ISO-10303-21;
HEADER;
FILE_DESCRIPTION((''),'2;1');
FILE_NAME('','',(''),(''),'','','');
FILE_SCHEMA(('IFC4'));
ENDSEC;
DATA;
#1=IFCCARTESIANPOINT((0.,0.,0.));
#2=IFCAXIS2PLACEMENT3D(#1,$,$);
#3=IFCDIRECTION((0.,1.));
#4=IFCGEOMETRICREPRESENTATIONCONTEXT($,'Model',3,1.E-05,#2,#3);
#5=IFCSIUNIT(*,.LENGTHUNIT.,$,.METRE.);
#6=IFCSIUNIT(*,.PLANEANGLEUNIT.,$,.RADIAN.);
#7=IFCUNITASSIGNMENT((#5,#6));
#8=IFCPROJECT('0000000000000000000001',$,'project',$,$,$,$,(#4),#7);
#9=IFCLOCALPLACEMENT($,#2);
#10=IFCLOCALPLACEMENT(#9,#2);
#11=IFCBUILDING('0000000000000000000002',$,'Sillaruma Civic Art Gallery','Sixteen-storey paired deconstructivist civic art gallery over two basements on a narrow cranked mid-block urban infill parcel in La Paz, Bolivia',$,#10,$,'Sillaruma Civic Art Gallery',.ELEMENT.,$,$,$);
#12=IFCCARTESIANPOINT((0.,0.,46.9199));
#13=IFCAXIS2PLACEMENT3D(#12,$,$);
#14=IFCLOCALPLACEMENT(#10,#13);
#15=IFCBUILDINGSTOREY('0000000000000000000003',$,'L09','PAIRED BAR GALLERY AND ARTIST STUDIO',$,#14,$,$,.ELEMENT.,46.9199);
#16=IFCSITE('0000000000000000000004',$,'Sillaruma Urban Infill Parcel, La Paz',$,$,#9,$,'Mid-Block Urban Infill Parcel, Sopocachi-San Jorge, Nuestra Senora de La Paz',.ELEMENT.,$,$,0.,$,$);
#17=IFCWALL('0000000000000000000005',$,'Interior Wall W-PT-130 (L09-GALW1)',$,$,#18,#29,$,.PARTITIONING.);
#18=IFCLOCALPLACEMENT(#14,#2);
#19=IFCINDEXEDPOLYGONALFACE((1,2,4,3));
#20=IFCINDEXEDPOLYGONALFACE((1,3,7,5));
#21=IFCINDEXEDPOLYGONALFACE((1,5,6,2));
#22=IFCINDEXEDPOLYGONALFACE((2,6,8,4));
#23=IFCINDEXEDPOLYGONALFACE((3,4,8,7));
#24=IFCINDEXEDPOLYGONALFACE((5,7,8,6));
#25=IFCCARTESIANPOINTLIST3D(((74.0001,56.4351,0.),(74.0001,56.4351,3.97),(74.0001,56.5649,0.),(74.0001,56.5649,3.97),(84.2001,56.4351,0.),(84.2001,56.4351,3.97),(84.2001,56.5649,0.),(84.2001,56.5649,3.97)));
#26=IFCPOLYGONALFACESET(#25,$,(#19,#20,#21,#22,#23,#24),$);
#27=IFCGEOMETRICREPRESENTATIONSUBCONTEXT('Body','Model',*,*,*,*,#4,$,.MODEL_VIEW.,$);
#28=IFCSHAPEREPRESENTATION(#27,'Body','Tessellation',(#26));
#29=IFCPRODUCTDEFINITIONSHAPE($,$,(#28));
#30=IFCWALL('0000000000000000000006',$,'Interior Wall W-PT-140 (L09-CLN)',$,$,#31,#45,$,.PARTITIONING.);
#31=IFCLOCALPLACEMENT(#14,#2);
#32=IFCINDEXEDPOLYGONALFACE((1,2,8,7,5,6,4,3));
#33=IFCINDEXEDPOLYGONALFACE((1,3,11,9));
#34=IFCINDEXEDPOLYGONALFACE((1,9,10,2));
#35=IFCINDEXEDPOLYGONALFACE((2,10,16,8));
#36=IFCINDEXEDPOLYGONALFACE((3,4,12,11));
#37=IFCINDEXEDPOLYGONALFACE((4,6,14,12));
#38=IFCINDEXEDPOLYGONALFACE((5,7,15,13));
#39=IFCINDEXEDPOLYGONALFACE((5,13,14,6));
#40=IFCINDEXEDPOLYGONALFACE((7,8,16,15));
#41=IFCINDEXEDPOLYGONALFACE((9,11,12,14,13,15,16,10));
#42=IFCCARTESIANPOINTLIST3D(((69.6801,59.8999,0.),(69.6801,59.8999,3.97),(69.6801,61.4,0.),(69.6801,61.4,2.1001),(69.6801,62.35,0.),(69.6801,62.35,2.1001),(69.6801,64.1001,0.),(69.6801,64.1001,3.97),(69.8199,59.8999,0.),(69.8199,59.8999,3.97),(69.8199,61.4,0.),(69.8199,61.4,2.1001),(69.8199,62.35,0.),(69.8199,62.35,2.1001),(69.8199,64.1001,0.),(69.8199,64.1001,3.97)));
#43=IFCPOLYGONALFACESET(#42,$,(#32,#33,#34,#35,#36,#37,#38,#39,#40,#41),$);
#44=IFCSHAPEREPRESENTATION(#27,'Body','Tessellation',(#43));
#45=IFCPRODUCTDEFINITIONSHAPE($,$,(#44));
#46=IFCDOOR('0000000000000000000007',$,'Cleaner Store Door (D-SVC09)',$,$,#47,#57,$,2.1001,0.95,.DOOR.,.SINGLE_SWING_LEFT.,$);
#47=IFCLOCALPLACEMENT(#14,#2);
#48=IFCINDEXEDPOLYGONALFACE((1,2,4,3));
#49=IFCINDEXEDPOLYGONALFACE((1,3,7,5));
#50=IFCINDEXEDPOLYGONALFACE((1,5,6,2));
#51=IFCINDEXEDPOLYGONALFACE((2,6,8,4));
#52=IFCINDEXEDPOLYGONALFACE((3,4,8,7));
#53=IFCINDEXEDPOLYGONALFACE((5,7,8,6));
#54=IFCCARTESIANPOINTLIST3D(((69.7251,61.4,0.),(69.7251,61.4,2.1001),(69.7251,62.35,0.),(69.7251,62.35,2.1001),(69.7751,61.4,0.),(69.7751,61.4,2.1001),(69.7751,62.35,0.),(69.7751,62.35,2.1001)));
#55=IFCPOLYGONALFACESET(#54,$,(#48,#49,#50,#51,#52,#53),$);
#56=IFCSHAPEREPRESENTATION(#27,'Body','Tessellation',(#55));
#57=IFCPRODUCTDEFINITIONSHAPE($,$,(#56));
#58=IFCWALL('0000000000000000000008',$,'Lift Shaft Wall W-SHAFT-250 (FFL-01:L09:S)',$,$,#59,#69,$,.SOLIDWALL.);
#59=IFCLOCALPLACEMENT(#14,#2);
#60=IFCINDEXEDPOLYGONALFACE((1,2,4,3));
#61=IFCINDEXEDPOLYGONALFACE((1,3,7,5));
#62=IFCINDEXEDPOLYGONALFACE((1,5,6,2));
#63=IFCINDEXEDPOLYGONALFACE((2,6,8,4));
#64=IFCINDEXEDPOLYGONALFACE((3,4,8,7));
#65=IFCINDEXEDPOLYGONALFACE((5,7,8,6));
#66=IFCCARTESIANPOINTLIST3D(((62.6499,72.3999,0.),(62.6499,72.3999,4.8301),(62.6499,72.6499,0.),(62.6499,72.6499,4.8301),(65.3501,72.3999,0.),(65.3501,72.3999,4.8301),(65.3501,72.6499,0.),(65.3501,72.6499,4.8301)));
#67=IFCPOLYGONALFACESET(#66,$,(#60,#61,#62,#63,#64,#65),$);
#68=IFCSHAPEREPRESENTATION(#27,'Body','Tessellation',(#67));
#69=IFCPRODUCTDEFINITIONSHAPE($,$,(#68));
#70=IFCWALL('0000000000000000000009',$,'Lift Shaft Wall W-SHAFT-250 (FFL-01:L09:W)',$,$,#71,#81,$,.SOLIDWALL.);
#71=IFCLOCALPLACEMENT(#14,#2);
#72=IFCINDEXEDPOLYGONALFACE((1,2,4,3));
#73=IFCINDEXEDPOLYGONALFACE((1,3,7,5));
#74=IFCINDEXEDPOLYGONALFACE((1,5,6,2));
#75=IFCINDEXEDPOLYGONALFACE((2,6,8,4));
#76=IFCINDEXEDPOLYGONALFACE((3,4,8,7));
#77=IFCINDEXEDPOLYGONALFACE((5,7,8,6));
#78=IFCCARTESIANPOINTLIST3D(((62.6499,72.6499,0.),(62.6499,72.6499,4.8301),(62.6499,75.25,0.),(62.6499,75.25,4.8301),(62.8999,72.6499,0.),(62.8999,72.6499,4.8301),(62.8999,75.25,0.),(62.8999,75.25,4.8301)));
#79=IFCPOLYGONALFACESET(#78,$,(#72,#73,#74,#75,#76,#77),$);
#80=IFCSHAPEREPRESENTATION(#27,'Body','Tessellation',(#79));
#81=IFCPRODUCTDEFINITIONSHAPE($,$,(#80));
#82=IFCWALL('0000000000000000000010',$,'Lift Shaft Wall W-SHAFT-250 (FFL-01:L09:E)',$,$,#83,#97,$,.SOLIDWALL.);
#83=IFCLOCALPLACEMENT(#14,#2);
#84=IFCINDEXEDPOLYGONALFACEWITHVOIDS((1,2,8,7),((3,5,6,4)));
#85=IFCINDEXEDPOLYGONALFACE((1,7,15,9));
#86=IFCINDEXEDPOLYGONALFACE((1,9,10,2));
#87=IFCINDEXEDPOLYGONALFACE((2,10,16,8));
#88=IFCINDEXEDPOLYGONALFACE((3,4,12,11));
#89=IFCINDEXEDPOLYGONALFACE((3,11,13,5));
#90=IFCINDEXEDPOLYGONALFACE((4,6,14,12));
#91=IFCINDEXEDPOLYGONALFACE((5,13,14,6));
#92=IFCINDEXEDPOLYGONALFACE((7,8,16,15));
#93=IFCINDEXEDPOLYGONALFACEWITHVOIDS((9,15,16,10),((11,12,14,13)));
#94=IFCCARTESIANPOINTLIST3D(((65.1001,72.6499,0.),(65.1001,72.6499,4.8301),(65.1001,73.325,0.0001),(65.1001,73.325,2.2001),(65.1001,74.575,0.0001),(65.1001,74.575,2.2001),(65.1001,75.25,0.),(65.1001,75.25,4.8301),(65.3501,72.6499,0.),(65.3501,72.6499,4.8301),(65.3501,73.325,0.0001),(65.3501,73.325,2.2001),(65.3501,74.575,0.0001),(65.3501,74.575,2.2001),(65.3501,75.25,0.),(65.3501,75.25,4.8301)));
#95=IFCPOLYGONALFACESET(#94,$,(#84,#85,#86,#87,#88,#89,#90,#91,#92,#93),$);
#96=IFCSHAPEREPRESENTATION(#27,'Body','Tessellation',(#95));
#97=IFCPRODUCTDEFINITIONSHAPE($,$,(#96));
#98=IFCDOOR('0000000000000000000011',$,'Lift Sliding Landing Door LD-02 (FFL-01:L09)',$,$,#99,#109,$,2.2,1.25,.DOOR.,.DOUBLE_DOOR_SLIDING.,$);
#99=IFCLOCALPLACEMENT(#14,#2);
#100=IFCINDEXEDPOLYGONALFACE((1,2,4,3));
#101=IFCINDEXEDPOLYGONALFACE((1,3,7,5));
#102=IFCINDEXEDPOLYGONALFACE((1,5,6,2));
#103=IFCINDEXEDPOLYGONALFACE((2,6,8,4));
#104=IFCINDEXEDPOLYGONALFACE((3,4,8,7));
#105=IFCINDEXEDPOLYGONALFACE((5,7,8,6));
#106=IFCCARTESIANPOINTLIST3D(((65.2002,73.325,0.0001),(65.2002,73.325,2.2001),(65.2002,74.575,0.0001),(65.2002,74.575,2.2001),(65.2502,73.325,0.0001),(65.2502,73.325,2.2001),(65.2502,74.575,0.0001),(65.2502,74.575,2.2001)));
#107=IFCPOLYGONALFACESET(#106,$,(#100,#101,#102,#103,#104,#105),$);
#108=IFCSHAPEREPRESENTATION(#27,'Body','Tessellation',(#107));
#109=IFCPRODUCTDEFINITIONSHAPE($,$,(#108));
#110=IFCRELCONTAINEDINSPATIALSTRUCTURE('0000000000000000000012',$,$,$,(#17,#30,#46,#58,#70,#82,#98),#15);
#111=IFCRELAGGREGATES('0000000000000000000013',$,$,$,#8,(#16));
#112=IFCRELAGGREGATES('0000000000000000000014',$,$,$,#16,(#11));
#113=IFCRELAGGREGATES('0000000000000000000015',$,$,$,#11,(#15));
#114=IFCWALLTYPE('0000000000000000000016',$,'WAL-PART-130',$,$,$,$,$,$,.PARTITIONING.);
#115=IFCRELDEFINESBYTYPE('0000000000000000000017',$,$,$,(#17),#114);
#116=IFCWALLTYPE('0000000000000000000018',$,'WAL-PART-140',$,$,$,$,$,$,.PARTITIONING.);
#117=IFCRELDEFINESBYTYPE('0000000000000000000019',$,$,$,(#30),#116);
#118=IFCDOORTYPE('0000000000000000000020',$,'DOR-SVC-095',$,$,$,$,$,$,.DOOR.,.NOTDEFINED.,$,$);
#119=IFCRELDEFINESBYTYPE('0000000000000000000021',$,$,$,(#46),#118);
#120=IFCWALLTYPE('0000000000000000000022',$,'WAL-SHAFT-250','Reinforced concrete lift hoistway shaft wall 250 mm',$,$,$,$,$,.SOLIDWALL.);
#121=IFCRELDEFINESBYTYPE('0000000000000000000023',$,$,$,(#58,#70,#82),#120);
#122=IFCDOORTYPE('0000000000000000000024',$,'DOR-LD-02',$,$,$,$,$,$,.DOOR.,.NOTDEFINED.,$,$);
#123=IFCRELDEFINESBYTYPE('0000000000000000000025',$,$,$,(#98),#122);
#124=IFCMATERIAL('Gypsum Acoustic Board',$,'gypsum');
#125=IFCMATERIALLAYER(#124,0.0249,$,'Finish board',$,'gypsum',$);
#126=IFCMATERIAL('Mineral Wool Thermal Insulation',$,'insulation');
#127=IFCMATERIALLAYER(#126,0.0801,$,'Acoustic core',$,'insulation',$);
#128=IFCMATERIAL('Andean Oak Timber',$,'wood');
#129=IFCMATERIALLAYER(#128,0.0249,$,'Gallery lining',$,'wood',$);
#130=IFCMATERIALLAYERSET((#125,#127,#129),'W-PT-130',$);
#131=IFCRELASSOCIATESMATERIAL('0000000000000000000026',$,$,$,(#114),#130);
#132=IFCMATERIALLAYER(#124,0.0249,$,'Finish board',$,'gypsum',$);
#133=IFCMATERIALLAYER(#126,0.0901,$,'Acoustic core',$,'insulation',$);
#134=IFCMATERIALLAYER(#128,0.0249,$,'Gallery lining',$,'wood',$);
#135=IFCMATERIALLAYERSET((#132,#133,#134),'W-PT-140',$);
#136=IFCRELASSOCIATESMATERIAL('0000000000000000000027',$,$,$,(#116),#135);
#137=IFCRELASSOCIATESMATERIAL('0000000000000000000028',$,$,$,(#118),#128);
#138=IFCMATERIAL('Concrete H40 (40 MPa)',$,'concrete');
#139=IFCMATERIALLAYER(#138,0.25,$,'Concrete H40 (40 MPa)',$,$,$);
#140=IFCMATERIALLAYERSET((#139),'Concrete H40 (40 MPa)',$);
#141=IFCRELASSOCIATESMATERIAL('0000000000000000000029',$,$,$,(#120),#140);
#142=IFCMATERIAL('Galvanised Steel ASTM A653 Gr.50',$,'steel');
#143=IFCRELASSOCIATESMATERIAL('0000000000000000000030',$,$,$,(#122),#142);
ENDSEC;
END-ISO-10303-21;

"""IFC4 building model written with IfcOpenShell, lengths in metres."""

from ifc_helpers import new_model, si_unit, direction, frame, frame_2d, origin, place, context, subcontext, project, spatial, rectangle, extrude, material, layer, layer_set, type_object, element, fill, save


model = new_model("IFC4")

# Units and contexts
model_context = context("Model", 3, precision=1e-05, world=origin(), true_north=direction((0.0, 1.0)))
body_context = subcontext(model_context, "Body", "Model", "MODEL_VIEW")
ifc_project = project(units=[si_unit("LENGTHUNIT", "METRE"), si_unit("PLANEANGLEUNIT", "RADIAN")], contexts=[model_context])

# Site, building, storey
site_placement = place(None, origin())
site = spatial("IfcSite", under=ifc_project, at=site_placement, Name="Sillaruma Urban Infill Parcel, La Paz", LongName="Mid-Block Urban Infill Parcel, Sopocachi-San Jorge, Nuestra Senora de La Paz", CompositionType="ELEMENT", RefElevation=0.0)
building_placement = place(site_placement, origin())
building = spatial("IfcBuilding", under=site, at=building_placement, Name="Sillaruma Civic Art Gallery", Description="Sixteen-storey paired deconstructivist civic art gallery over two basements on a narrow cranked mid-block urban infill parcel in La Paz, Bolivia", LongName="Sillaruma Civic Art Gallery", CompositionType="ELEMENT")
storey_placement = place(building_placement, frame((0.0, 0.0, 46.9199)))
storey = spatial("IfcBuildingStorey", under=building, at=storey_placement, Name="L09", Description="PAIRED BAR GALLERY AND ARTIST STUDIO", CompositionType="ELEMENT", Elevation=46.9199)

# Shared definitions
ifc_material_1 = material(Name="Concrete H40 (40 MPa)", Category="concrete")

# Shared definitions
ifc_material_2 = material(Name="Galvanised Steel ASTM A653 Gr.50", Category="steel")

# Wall
ifc_material_3 = material(Name="Gypsum Acoustic Board", Category="gypsum")
ifc_layer_1 = layer(ifc_material_3, 0.0249, Name="Finish board", Category="gypsum")
ifc_material_4 = material(Name="Mineral Wool Thermal Insulation", Category="insulation")
ifc_layer_2 = layer(ifc_material_4, 0.0801, Name="Acoustic core", Category="insulation")
ifc_material_5 = material(Name="Andean Oak Timber", Category="wood")
ifc_layer_3 = layer(ifc_material_5, 0.0249, Name="Gallery lining", Category="wood")
ifc_layer_set_1 = layer_set([ifc_layer_1, ifc_layer_2, ifc_layer_3], Name="W-PT-130")
wall_type_1 = type_object("IfcWallType", Name="WAL-PART-130", PredefinedType="PARTITIONING", material=ifc_layer_set_1)
wall_1_placement = place(storey_placement, frame((74.0, 56.5, 0.0), z_axis=(0.0, 0.0, 1.0), x_axis=(1.0, 0.0, 0.0)))
element("IfcWall", 1, at=wall_1_placement, inside=storey, type_object=wall_type_1, Name="Interior Wall W-PT-130 (L09-GALW1)", PredefinedType="PARTITIONING", context=body_context, shape_type="SweptSolid", body=[
    extrude(rectangle(XDim=10.2, YDim=0.1299, at=frame_2d((5.1001, 0.0))), origin(), (0.0, 0.0, 1.0), 3.97),
])

# Wall, opening, door
ifc_layer_4 = layer(ifc_material_3, 0.0249, Name="Finish board", Category="gypsum")
ifc_layer_5 = layer(ifc_material_4, 0.0901, Name="Acoustic core", Category="insulation")
ifc_layer_6 = layer(ifc_material_5, 0.0249, Name="Gallery lining", Category="wood")
ifc_layer_set_2 = layer_set([ifc_layer_4, ifc_layer_5, ifc_layer_6], Name="W-PT-140")
wall_type_2 = type_object("IfcWallType", Name="WAL-PART-140", PredefinedType="PARTITIONING", material=ifc_layer_set_2)
wall_2_placement = place(storey_placement, frame((69.75, 59.8999, 0.0), z_axis=(0.0, 0.0, 1.0), x_axis=(0.0, 1.0, 0.0)))
wall_2 = element("IfcWall", 2, at=wall_2_placement, inside=storey, type_object=wall_type_2, Name="Interior Wall W-PT-140 (L09-CLN)", PredefinedType="PARTITIONING", context=body_context, shape_type="SweptSolid", body=[
    extrude(rectangle(XDim=4.2002, YDim=0.1399, at=frame_2d((2.1001, 0.0))), origin(), (0.0, 0.0, 1.0), 3.97),
])
opening_1_placement = place(wall_2_placement, frame((1.5, 0.0, 0.0)))
opening_1 = element("IfcOpeningElement", 3, at=opening_1_placement, cuts=wall_2, PredefinedType="OPENING", context=body_context, shape_type="SweptSolid", body=[
    extrude(rectangle(XDim=0.95, YDim=2.1001, at=frame_2d((0.4751, 1.05))), frame((0.0, 0.0798, 0.0), z_axis=(0.0, -1.0, 0.0), x_axis=(1.0, 0.0, 0.0)), (0.0, 0.0, 1.0), 0.1599),
])
door_type_1 = type_object("IfcDoorType", Name="DOR-SVC-095", OperationType="NOTDEFINED", PredefinedType="DOOR", material=ifc_material_5)
door_1_placement = place(opening_1_placement, origin())
door_1 = element("IfcDoor", 4, at=door_1_placement, inside=storey, type_object=door_type_1, Name="Cleaner Store Door (D-SVC09)", OperationType="SINGLE_SWING_LEFT", OverallHeight=2.1001, OverallWidth=0.95, PredefinedType="DOOR", context=body_context, shape_type="SweptSolid", body=[
    extrude(rectangle(XDim=0.95, YDim=2.1001, at=frame_2d((0.4751, 1.05))), frame((0.0, 0.0249, 0.0), z_axis=(0.0, -1.0, 0.0), x_axis=(1.0, 0.0, 0.0)), (0.0, 0.0, 1.0), 0.05),
])
fill(opening_1, door_1)

# Walls
ifc_layer_7 = layer(ifc_material_1, 0.25, Name="Concrete H40 (40 MPa)")
ifc_layer_set_3 = layer_set([ifc_layer_7], Name="Concrete H40 (40 MPa)")
wall_type_3 = type_object("IfcWallType", Name="WAL-SHAFT-250", Description="Reinforced concrete lift hoistway shaft wall 250 mm", PredefinedType="SOLIDWALL", material=ifc_layer_set_3)
wall_3_placement = place(storey_placement, frame((62.6499, 72.5249, 0.0), z_axis=(0.0, 0.0, 1.0), x_axis=(1.0, 0.0, 0.0)))
element("IfcWall", 5, at=wall_3_placement, inside=storey, type_object=wall_type_3, Name="Lift Shaft Wall W-SHAFT-250 (FFL-01:L09:S)", PredefinedType="SOLIDWALL", context=body_context, shape_type="SweptSolid", body=[
    extrude(rectangle(XDim=2.7002, YDim=0.25, at=frame_2d((1.3501, 0.0))), origin(), (0.0, 0.0, 1.0), 4.8301),
])
wall_4_placement = place(storey_placement, frame((62.7749, 72.6499, 0.0), z_axis=(0.0, 0.0, 1.0), x_axis=(0.0, 1.0, 0.0)))
element("IfcWall", 6, at=wall_4_placement, inside=storey, type_object=wall_type_3, Name="Lift Shaft Wall W-SHAFT-250 (FFL-01:L09:W)", PredefinedType="SOLIDWALL", context=body_context, shape_type="SweptSolid", body=[
    extrude(rectangle(XDim=2.6001, YDim=0.25, at=frame_2d((1.3, 0.0))), origin(), (0.0, 0.0, 1.0), 4.8301),
])

# Wall, opening, door
wall_5_placement = place(storey_placement, frame((65.2251, 72.6499, 0.0), z_axis=(0.0, 0.0, 1.0), x_axis=(0.0, 1.0, 0.0)))
wall_5 = element("IfcWall", 7, at=wall_5_placement, inside=storey, type_object=wall_type_3, Name="Lift Shaft Wall W-SHAFT-250 (FFL-01:L09:E)", PredefinedType="SOLIDWALL", context=body_context, shape_type="SweptSolid", body=[
    extrude(rectangle(XDim=2.6001, YDim=0.25, at=frame_2d((1.3, 0.0))), origin(), (0.0, 0.0, 1.0), 4.8301),
])
opening_2_placement = place(wall_5_placement, frame((0.675, 0.0, 0.0)))
opening_2 = element("IfcOpeningElement", 8, at=opening_2_placement, cuts=wall_5, PredefinedType="OPENING", context=body_context, shape_type="SweptSolid", body=[
    extrude(rectangle(XDim=1.25, YDim=2.2, at=frame_2d((0.625, 1.1001))), frame((0.0, 0.135, 0.0), z_axis=(0.0, -1.0, 0.0), x_axis=(1.0, 0.0, 0.0)), (0.0, 0.0, 1.0), 0.27),
])
door_type_2 = type_object("IfcDoorType", Name="DOR-LD-02", OperationType="NOTDEFINED", PredefinedType="DOOR", material=ifc_material_2)
door_2_placement = place(opening_2_placement, origin())
door_2 = element("IfcDoor", 9, at=door_2_placement, inside=storey, type_object=door_type_2, Name="Lift Sliding Landing Door LD-02 (FFL-01:L09)", OperationType="DOUBLE_DOOR_SLIDING", OverallHeight=2.2, OverallWidth=1.25, PredefinedType="DOOR", context=body_context, shape_type="SweptSolid", body=[
    extrude(rectangle(XDim=1.25, YDim=2.2, at=frame_2d((0.625, 1.1001))), frame((0.0, 0.0249, 0.0), z_axis=(0.0, -1.0, 0.0), x_axis=(1.0, 0.0, 0.0)), (0.0, 0.0, 1.0), 0.05),
])
fill(opening_2, door_2)

save(model, "model.ifc")
